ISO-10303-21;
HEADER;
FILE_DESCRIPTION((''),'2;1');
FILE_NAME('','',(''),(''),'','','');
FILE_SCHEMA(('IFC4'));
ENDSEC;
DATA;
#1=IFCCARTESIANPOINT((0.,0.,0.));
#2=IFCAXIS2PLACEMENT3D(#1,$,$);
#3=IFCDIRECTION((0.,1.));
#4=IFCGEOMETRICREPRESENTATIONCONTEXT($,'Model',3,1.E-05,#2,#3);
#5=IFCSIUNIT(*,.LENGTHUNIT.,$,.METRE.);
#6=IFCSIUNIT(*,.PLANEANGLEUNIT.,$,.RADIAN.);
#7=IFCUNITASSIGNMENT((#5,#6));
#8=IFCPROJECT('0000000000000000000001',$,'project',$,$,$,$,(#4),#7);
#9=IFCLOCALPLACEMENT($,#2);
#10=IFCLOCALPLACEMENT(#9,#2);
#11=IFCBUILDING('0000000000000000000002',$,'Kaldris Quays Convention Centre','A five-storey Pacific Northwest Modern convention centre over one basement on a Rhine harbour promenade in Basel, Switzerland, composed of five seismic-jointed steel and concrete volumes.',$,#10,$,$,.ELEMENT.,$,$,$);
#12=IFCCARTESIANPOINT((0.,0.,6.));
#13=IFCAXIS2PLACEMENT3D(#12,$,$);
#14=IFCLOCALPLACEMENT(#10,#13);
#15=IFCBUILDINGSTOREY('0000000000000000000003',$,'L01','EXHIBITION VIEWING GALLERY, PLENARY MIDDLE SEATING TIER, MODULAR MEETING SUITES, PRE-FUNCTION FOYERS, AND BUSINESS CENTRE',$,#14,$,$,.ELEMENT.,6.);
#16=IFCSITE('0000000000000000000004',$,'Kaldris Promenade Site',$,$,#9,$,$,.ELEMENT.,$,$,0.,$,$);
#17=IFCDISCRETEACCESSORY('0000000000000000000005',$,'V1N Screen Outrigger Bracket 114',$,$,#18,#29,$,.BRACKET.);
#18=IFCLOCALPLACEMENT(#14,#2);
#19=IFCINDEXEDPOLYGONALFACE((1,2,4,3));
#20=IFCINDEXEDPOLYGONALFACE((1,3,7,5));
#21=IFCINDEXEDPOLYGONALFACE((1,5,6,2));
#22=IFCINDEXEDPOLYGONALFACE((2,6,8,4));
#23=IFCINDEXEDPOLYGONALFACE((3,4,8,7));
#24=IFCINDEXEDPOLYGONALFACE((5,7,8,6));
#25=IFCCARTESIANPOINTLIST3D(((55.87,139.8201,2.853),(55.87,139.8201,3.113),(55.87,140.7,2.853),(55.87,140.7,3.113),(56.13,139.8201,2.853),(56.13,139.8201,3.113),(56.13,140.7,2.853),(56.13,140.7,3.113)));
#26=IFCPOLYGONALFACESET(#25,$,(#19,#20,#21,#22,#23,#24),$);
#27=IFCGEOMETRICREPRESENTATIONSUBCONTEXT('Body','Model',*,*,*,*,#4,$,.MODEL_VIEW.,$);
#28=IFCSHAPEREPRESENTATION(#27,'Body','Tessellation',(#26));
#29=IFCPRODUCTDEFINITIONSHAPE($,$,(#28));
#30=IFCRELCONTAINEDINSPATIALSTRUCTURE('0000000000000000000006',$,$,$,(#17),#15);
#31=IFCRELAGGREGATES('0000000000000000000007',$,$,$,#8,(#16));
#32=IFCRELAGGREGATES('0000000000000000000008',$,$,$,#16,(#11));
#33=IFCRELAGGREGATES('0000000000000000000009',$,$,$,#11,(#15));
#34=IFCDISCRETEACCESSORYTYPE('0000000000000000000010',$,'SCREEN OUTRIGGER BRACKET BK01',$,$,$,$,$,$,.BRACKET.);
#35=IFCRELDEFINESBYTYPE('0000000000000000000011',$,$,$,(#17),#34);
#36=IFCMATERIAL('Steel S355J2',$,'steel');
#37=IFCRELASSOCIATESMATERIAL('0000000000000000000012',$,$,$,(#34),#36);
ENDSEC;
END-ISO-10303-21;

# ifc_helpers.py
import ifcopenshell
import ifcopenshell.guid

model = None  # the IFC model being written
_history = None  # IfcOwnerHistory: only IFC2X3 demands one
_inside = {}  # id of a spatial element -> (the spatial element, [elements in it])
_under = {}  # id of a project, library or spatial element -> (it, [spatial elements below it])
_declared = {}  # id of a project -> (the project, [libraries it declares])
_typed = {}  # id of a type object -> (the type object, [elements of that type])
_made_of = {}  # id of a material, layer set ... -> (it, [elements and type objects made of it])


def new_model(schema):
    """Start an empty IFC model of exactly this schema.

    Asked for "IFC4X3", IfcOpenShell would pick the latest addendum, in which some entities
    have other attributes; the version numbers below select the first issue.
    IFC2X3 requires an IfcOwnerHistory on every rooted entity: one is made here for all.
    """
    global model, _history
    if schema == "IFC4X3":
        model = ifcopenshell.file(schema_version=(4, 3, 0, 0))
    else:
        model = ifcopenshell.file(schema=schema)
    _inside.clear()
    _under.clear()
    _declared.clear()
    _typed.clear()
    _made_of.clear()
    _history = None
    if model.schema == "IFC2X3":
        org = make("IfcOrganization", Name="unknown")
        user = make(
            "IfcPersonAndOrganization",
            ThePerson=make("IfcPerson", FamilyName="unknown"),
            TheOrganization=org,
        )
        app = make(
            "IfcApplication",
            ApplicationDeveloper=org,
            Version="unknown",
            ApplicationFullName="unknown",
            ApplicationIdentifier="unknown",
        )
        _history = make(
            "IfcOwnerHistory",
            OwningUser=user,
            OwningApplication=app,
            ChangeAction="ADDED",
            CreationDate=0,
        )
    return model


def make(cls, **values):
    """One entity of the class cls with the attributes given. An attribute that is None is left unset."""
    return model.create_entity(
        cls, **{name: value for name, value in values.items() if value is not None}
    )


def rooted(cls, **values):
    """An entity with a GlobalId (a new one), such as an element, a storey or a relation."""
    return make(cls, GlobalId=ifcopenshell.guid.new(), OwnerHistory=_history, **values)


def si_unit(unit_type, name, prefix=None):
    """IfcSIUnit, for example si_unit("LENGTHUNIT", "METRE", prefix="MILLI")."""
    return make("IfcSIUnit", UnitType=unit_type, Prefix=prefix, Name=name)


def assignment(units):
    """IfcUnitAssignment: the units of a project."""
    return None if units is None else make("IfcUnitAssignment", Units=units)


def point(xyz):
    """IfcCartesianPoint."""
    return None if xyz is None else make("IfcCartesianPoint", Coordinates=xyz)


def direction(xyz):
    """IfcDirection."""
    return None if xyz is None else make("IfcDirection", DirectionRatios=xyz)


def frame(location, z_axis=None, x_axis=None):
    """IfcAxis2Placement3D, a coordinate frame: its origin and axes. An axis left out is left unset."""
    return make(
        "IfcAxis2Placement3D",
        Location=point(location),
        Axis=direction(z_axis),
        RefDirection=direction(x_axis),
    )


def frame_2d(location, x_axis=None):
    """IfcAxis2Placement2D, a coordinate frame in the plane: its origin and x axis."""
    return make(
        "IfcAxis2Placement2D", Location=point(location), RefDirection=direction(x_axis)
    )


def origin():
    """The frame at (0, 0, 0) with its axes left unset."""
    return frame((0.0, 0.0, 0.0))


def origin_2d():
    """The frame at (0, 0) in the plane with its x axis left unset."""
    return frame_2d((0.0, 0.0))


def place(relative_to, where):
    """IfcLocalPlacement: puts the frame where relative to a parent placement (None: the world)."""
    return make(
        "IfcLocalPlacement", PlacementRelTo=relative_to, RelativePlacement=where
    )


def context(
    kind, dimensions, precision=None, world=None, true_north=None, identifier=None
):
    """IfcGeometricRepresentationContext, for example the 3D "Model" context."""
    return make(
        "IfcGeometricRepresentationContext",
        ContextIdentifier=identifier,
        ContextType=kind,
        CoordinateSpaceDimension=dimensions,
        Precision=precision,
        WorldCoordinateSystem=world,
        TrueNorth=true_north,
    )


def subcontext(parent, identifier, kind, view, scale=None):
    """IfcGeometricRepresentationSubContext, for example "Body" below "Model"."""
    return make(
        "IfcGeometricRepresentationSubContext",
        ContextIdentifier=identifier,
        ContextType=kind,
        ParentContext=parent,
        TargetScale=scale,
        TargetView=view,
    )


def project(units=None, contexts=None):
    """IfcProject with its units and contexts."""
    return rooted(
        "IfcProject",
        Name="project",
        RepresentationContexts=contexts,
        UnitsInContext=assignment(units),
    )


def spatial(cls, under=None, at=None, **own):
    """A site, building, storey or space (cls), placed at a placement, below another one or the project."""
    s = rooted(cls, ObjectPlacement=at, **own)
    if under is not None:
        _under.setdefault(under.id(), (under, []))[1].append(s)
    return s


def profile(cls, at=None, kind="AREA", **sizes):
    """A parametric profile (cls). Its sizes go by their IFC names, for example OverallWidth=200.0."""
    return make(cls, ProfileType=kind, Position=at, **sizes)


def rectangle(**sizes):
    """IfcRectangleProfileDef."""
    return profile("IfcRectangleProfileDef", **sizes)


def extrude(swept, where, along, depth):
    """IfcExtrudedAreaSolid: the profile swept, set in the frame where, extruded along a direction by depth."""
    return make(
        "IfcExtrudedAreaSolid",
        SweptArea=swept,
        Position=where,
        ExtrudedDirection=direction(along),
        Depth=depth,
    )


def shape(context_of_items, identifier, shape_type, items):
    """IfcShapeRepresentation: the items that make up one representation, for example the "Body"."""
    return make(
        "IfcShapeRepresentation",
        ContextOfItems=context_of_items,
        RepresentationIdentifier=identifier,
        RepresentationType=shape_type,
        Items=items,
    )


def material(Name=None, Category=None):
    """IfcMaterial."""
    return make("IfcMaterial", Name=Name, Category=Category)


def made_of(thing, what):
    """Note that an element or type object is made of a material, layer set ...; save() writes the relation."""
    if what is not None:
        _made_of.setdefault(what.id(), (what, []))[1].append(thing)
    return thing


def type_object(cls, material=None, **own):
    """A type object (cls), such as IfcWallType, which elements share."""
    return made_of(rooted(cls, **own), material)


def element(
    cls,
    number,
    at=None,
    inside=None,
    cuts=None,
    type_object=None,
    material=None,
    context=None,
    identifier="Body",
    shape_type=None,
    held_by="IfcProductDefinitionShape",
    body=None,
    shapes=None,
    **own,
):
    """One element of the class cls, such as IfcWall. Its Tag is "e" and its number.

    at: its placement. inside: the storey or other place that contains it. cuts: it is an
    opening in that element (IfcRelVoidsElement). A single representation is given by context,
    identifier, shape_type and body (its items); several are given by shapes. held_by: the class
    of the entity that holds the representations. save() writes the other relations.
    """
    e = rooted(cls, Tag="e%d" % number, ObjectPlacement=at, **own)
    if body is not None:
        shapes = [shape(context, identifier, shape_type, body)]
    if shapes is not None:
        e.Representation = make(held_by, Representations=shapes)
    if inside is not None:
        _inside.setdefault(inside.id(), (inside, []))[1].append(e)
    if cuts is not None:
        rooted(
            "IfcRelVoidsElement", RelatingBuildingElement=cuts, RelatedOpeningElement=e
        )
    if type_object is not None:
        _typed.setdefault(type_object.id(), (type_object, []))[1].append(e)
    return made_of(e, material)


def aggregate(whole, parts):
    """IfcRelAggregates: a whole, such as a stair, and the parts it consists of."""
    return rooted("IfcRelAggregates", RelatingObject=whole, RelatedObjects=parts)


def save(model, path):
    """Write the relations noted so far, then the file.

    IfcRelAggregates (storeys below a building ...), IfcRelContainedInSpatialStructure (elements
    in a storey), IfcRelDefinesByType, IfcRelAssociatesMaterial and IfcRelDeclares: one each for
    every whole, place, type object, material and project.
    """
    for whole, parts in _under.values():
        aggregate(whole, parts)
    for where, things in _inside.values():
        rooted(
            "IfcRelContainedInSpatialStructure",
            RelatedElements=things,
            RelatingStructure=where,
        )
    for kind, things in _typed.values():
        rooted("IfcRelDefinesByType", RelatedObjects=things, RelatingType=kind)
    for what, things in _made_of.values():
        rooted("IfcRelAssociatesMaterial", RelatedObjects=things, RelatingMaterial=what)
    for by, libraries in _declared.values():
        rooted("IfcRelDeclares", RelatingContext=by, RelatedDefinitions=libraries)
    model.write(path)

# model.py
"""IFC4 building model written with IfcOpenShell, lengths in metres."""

from ifc_helpers import new_model, si_unit, direction, frame, origin, origin_2d, place, context, subcontext, project, spatial, rectangle, extrude, material, type_object, element, save


model = new_model("IFC4")

# Units and contexts
model_context = context("Model", 3, precision=1e-05, world=origin(), true_north=direction((0.0, 1.0)))
body_context = subcontext(model_context, "Body", "Model", "MODEL_VIEW")
ifc_project = project(units=[si_unit("LENGTHUNIT", "METRE"), si_unit("PLANEANGLEUNIT", "RADIAN")], contexts=[model_context])

# Site, building, storey
site_placement = place(None, origin())
site = spatial("IfcSite", under=ifc_project, at=site_placement, Name="Kaldris Promenade Site", CompositionType="ELEMENT", RefElevation=0.0)
building_placement = place(site_placement, origin())
building = spatial("IfcBuilding", under=site, at=building_placement, Name="Kaldris Quays Convention Centre", Description="A five-storey Pacific Northwest Modern convention centre over one basement on a Rhine harbour promenade in Basel, Switzerland, composed of five seismic-jointed steel and concrete volumes.", CompositionType="ELEMENT")
storey_placement = place(building_placement, frame((0.0, 0.0, 6.0)))
storey = spatial("IfcBuildingStorey", under=building, at=storey_placement, Name="L01", Description="EXHIBITION VIEWING GALLERY, PLENARY MIDDLE SEATING TIER, MODULAR MEETING SUITES, PRE-FUNCTION FOYERS, AND BUSINESS CENTRE", CompositionType="ELEMENT", Elevation=6.0)

# Shared definitions
ifc_material_1 = material(Name="Steel S355J2", Category="steel")

# Discrete accessory
discrete_accessory_type = type_object("IfcDiscreteAccessoryType", Name="SCREEN OUTRIGGER BRACKET BK01", PredefinedType="BRACKET", material=ifc_material_1)
for number, where, z_axis, x_axis, name in (
    (1, (56.0, 140.26, 2.853), (0.0, 0.0, 1.0), (1.0, 0.0, 0.0), "V1N Screen Outrigger Bracket 114"),
):
    element("IfcDiscreteAccessory", number, at=place(storey_placement, frame(where, z_axis=z_axis, x_axis=x_axis)), inside=storey, type_object=discrete_accessory_type, Name=name, PredefinedType="BRACKET", context=body_context, shape_type="SweptSolid", body=[
        extrude(rectangle(XDim=0.26, YDim=0.8799, at=origin_2d()), origin(), (0.0, 0.0, 1.0), 0.26),
    ])

save(model, "model.ifc")
